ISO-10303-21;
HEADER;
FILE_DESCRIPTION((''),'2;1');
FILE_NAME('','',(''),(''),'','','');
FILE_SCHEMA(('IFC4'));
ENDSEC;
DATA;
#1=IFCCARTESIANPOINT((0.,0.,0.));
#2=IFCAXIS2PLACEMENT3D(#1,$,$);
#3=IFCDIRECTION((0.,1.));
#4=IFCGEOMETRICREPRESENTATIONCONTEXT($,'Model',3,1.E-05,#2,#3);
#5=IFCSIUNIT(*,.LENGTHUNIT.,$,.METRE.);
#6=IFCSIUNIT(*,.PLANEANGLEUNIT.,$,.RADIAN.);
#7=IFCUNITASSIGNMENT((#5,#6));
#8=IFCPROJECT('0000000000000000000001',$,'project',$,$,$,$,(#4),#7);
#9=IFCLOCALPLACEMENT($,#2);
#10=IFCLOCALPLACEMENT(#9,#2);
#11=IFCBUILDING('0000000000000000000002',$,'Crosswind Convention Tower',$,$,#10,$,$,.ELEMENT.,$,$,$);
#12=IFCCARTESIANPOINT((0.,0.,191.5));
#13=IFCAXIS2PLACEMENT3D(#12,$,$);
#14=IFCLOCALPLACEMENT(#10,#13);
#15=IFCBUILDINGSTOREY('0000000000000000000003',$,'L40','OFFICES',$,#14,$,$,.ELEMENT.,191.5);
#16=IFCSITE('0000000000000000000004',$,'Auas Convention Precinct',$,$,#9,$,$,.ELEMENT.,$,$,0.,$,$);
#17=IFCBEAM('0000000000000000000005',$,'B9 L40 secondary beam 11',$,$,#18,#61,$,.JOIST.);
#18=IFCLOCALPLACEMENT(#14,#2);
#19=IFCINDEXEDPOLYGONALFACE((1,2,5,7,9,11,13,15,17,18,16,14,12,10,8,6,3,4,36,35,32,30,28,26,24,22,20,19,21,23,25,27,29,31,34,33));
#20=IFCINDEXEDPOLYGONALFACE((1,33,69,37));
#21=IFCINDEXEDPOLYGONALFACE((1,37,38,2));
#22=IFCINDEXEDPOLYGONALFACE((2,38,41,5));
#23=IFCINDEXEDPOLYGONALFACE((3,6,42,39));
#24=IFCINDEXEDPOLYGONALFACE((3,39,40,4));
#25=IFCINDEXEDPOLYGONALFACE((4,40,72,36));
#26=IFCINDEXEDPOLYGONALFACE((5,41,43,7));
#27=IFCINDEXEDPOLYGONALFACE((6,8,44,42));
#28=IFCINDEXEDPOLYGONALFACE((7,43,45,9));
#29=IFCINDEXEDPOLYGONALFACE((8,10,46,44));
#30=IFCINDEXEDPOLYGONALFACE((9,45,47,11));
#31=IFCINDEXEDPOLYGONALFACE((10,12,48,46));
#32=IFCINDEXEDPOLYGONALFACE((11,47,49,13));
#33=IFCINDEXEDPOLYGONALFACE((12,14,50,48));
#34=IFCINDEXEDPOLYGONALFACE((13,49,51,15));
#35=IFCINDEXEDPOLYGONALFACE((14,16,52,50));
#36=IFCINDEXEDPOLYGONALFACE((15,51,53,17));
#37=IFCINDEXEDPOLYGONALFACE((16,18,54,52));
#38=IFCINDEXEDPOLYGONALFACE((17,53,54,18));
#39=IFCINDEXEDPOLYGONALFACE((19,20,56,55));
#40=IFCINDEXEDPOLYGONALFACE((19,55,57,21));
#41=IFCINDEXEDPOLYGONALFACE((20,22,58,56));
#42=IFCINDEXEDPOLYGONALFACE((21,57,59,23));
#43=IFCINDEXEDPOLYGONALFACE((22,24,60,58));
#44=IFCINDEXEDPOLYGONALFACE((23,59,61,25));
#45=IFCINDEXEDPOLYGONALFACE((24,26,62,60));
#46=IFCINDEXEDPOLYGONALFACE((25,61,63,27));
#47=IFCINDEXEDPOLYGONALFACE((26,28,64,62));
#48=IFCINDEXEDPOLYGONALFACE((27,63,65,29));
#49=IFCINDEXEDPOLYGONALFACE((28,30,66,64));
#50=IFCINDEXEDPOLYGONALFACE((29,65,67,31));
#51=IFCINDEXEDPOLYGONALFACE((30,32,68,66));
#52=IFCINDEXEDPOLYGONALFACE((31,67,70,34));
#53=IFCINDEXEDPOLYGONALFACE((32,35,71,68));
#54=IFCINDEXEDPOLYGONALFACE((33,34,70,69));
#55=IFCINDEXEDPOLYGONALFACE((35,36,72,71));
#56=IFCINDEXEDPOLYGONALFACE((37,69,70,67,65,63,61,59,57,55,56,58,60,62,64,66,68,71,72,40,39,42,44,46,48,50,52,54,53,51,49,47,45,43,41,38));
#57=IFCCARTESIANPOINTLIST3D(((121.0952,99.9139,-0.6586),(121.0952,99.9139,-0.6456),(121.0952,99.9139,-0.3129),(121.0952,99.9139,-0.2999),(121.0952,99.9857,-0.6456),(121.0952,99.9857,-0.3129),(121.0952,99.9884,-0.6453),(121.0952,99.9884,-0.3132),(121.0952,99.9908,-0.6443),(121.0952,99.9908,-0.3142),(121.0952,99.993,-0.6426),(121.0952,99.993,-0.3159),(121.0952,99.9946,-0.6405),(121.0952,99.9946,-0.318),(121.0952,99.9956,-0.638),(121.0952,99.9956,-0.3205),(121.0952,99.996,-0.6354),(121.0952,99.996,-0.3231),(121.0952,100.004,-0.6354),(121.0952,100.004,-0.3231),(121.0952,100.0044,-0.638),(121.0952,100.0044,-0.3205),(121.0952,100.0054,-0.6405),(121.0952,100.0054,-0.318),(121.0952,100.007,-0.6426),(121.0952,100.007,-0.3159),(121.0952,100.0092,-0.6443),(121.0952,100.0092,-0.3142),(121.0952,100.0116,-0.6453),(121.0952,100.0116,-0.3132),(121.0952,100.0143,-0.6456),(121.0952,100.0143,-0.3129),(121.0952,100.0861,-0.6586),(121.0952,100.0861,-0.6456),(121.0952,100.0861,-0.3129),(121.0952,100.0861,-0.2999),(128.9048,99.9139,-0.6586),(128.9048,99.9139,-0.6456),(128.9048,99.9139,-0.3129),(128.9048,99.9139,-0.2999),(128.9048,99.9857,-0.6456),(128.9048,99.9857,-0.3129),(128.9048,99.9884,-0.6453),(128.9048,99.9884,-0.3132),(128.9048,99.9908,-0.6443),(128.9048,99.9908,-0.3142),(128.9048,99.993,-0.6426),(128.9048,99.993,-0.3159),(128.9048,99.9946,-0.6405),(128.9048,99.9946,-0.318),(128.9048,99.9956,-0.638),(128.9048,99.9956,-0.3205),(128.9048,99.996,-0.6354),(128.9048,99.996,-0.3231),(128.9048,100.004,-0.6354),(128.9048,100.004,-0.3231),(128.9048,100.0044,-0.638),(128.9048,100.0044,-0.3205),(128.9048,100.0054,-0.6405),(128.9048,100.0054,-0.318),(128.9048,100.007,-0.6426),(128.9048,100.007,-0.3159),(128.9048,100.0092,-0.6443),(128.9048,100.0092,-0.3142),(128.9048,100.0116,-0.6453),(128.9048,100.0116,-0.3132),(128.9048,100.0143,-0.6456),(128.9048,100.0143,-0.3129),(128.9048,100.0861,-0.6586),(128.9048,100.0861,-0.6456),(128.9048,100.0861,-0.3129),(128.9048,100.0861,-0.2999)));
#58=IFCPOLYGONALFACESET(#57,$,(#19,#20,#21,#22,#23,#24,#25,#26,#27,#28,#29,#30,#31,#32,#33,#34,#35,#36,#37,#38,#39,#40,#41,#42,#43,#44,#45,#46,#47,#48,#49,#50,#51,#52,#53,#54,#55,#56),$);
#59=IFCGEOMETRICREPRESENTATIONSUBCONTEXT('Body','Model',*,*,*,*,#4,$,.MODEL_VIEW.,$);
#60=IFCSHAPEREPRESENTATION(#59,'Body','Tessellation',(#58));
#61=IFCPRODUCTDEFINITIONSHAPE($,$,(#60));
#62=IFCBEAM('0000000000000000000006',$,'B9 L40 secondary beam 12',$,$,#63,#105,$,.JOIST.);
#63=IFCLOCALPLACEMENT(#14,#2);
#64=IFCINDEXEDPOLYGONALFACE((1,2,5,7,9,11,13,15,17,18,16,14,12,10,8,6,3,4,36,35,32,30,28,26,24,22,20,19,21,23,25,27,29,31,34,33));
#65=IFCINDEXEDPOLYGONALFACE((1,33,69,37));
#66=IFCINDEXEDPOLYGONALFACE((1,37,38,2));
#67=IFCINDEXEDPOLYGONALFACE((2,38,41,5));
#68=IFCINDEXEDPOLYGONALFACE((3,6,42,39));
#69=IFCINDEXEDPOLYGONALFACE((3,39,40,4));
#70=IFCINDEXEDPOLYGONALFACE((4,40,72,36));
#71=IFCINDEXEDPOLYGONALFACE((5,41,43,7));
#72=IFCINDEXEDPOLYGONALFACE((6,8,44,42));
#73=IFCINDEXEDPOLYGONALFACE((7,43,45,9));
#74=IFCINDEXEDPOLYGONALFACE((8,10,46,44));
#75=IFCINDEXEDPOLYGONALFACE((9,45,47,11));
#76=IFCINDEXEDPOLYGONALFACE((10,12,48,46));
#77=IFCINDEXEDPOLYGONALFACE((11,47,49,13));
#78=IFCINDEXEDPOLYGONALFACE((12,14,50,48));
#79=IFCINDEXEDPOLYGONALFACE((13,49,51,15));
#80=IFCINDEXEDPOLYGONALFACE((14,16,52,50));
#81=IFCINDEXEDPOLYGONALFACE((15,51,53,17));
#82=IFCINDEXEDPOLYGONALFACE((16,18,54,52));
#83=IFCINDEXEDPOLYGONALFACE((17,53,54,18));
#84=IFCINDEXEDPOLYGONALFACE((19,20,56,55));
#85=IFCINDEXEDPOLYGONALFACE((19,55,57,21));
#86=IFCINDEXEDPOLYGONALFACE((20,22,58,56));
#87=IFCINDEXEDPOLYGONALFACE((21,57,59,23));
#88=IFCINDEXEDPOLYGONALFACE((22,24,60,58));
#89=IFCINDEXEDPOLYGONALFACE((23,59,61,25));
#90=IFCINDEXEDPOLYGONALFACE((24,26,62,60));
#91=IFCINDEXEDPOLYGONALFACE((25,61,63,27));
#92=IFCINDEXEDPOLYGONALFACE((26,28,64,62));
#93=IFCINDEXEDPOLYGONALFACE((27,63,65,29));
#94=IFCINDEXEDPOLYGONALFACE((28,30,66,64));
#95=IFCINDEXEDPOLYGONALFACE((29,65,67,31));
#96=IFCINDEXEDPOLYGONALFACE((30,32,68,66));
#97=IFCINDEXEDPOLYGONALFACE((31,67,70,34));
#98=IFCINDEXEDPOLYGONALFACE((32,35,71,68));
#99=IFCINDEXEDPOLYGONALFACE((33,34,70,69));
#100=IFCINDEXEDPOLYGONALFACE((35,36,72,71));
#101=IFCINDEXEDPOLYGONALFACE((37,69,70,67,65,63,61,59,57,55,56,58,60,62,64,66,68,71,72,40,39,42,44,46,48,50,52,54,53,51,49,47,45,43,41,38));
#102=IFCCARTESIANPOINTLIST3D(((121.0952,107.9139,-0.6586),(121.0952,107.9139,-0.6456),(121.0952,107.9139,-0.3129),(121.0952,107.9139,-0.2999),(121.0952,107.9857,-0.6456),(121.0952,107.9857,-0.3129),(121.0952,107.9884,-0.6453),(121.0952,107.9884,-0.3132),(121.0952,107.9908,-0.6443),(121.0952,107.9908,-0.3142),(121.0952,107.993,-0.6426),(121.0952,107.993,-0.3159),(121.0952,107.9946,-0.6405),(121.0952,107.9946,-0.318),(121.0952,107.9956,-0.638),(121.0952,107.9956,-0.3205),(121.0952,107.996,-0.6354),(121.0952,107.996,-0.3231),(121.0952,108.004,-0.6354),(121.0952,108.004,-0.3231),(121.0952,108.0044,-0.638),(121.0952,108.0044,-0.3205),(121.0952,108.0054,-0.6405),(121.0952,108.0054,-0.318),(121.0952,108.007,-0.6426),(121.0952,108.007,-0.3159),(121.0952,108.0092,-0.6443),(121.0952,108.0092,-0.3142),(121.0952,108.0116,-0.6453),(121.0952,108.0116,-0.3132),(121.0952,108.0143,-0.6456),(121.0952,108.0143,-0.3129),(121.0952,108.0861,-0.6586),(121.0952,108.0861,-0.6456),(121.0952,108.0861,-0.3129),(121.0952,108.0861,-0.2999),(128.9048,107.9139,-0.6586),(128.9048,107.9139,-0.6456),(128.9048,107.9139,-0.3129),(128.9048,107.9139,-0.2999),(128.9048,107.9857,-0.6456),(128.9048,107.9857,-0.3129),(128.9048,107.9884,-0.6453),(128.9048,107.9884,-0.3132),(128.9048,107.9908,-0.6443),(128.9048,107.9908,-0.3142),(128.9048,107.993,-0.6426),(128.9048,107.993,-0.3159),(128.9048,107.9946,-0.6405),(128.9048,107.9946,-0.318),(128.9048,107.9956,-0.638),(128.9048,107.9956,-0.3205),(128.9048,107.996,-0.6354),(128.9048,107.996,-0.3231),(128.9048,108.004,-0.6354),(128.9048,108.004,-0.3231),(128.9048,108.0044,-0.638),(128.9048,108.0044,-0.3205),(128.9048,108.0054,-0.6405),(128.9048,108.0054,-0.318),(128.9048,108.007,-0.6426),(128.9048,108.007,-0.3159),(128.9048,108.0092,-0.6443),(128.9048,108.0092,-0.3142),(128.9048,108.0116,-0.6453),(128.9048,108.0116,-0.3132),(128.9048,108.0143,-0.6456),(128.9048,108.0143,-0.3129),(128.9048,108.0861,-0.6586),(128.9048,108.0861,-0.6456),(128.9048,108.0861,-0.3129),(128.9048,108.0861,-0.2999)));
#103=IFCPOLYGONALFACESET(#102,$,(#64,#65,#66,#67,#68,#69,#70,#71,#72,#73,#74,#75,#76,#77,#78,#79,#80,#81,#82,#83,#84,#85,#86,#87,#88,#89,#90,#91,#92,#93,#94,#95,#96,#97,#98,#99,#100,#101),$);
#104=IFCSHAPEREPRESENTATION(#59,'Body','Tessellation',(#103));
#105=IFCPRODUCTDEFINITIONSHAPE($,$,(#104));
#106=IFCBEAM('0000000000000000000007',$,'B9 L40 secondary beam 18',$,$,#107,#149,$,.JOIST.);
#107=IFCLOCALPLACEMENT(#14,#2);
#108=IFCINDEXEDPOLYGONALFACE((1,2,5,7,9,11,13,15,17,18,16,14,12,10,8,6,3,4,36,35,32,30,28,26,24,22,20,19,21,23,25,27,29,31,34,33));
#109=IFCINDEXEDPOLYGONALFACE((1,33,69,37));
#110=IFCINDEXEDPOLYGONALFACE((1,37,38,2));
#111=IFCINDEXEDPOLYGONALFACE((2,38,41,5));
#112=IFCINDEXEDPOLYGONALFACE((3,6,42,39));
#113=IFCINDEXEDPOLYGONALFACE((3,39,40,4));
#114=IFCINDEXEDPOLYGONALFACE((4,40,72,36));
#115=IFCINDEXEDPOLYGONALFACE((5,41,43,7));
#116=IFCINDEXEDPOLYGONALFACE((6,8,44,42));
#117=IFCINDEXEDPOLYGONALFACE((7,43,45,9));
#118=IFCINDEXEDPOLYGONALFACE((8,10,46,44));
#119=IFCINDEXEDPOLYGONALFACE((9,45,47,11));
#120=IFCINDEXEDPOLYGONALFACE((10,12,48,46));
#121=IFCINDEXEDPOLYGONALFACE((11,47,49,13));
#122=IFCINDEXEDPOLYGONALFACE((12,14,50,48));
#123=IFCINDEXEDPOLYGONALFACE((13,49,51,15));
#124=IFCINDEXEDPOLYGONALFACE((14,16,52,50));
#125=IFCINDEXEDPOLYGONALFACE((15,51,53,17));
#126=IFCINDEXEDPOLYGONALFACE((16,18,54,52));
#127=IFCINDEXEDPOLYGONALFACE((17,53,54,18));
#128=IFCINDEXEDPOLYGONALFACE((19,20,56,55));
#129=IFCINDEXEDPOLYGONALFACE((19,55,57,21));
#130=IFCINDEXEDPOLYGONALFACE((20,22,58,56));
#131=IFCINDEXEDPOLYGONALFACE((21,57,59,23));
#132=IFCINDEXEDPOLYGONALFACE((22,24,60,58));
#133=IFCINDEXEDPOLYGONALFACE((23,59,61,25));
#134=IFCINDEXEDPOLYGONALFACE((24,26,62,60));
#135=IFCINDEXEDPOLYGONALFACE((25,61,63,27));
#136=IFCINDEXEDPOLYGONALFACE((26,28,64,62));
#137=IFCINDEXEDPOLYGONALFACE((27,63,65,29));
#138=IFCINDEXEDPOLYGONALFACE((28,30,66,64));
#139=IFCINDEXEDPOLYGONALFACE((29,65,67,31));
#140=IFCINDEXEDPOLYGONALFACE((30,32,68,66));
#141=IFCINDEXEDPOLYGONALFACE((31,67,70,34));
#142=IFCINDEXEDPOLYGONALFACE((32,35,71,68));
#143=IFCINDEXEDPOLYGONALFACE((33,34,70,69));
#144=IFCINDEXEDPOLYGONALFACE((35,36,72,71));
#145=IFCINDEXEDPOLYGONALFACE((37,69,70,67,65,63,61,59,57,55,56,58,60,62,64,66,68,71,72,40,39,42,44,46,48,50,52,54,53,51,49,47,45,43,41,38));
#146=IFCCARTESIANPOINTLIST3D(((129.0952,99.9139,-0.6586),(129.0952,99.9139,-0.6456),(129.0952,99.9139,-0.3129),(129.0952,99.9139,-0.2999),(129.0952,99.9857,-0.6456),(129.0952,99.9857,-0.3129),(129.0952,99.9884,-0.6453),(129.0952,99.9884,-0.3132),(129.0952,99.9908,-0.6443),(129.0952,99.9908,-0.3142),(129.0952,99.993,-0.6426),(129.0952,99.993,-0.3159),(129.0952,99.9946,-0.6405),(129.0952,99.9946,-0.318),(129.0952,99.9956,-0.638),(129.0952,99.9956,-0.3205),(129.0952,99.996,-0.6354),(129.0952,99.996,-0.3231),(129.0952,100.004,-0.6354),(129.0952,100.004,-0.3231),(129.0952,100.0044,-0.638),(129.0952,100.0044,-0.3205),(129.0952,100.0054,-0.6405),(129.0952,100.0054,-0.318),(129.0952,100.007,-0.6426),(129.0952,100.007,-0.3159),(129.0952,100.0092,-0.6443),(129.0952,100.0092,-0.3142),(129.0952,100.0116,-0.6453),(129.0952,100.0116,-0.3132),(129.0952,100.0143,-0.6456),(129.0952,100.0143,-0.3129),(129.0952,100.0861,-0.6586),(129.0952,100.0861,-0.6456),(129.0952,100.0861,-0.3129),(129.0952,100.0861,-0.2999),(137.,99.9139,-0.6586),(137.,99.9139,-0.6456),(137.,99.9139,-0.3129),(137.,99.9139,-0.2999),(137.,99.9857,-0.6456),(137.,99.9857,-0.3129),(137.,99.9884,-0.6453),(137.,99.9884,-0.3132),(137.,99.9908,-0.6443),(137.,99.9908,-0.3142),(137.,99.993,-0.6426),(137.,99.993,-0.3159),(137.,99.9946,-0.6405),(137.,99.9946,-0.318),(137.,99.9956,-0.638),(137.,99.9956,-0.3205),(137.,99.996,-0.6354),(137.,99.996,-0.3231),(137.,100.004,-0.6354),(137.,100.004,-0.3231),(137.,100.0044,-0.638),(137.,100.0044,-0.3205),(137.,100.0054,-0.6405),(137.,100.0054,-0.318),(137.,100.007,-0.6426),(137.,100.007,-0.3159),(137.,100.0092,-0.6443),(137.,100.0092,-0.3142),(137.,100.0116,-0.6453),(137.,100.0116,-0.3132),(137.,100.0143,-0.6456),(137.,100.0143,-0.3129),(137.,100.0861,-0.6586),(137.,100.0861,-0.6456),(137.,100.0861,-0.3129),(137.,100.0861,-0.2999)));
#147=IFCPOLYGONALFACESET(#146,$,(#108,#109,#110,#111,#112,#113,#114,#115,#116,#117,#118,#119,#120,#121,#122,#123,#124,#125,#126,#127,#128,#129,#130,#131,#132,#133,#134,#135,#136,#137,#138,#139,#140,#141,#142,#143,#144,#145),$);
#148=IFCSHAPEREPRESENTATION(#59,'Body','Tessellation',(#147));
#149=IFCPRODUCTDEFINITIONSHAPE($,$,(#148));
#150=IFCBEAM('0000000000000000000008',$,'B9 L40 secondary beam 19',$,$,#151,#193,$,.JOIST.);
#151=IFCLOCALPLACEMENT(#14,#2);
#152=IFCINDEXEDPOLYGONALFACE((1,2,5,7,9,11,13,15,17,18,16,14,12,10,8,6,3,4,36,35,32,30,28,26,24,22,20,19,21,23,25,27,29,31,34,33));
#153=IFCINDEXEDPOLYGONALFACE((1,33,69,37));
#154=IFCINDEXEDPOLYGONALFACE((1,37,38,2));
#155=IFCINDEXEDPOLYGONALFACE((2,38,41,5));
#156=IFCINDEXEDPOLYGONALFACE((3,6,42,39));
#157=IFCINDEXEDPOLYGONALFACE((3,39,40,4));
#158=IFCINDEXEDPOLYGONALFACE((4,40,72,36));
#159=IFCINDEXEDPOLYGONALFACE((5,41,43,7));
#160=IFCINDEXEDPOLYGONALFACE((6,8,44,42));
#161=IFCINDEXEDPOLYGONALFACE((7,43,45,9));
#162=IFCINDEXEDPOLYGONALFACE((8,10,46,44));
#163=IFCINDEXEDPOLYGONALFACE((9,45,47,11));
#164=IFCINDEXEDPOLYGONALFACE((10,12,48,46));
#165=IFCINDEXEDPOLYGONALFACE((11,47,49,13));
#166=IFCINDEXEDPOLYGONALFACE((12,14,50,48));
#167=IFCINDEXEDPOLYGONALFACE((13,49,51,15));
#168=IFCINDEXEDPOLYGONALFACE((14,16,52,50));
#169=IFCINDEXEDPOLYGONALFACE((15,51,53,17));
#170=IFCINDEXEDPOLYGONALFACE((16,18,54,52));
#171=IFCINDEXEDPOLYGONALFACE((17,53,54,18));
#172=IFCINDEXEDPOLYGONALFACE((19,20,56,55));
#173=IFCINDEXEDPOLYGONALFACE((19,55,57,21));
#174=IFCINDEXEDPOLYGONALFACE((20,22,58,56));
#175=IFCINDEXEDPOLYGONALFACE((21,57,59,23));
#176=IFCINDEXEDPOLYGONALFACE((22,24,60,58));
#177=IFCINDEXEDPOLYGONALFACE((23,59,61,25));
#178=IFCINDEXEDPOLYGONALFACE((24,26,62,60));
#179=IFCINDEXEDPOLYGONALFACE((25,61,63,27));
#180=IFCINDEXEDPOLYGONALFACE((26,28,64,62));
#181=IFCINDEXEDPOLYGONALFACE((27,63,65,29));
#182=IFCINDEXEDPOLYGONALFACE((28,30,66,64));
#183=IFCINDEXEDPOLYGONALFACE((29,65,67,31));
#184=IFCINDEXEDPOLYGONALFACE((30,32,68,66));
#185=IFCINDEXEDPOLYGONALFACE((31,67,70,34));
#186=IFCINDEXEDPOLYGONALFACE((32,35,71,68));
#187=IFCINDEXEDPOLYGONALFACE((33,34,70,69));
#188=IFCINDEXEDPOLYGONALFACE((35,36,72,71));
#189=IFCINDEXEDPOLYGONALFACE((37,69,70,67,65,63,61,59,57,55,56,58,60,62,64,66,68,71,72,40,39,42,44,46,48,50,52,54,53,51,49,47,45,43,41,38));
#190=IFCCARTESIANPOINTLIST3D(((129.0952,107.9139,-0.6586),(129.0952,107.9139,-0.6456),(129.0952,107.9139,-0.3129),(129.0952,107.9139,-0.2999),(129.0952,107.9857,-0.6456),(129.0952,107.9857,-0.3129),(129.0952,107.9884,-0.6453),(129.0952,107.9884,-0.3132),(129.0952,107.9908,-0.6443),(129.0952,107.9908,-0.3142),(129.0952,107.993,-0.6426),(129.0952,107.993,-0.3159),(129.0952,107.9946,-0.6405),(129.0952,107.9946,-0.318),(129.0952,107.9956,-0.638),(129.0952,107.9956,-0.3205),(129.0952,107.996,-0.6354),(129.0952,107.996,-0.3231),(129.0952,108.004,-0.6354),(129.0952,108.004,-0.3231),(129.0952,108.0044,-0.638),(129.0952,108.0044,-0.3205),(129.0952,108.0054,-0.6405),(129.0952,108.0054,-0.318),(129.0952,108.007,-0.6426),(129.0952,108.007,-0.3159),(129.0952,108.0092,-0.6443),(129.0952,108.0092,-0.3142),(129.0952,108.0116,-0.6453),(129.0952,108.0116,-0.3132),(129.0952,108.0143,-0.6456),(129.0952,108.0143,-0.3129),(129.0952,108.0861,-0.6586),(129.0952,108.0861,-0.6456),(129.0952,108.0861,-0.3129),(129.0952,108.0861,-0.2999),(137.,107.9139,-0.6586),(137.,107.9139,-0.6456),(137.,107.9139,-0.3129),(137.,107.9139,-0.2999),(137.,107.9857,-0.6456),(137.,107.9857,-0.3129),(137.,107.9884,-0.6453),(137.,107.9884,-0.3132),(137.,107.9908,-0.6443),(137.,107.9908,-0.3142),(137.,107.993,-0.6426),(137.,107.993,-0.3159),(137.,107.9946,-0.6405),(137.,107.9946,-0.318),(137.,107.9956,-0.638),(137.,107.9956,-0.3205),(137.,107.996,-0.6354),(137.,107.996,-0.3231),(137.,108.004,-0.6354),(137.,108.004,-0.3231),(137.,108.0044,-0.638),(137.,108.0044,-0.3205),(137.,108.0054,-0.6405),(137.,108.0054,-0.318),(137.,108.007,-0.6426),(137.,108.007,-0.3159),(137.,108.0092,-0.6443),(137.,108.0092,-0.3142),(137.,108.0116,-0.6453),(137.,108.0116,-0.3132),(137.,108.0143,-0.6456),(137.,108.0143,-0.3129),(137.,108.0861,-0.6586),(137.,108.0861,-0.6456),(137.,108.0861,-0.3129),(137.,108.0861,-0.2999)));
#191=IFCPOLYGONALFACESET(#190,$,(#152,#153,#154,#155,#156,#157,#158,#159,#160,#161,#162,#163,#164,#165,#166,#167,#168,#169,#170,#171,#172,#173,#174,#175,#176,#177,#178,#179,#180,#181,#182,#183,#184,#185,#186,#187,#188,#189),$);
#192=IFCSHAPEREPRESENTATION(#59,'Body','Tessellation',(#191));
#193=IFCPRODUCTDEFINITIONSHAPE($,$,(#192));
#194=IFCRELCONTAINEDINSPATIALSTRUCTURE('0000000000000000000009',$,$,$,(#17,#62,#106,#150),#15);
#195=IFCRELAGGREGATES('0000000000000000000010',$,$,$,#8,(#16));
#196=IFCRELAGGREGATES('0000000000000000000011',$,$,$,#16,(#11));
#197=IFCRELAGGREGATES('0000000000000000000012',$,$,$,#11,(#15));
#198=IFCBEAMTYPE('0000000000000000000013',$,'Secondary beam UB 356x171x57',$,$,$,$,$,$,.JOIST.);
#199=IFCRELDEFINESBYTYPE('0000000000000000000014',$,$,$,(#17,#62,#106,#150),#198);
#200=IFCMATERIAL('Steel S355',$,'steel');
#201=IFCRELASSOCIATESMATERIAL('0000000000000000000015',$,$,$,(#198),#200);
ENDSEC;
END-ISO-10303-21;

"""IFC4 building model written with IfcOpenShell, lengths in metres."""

from ifc_helpers import new_model, si_unit, direction, frame, origin, origin_2d, place, context, subcontext, project, spatial, i_section, extrude, material, material_profile, profile_set, type_object, element, save


model = new_model("IFC4")

# Units and contexts
model_context = context("Model", 3, precision=1e-05, world=origin(), true_north=direction((0.0, 1.0)))
body_context = subcontext(model_context, "Body", "Model", "MODEL_VIEW")
ifc_project = project(units=[si_unit("LENGTHUNIT", "METRE"), si_unit("PLANEANGLEUNIT", "RADIAN")], contexts=[model_context])

# Site, building, storey
site_placement = place(None, origin())
site = spatial("IfcSite", under=ifc_project, at=site_placement, Name="Auas Convention Precinct", CompositionType="ELEMENT", RefElevation=0.0)
building_placement = place(site_placement, origin())
building = spatial("IfcBuilding", under=site, at=building_placement, Name="Crosswind Convention Tower", CompositionType="ELEMENT")
storey_placement = place(building_placement, frame((0.0, 0.0, 191.5)))
storey = spatial("IfcBuildingStorey", under=building, at=storey_placement, Name="L40", Description="OFFICES", CompositionType="ELEMENT", Elevation=191.5)

# Beams
ifc_material_1 = material(Name="Steel S355", Category="steel")
ifc_material_profile_1 = material_profile(ifc_material_1, i_section(OverallWidth=0.1721, OverallDepth=0.3586, WebThickness=0.0081, FlangeThickness=0.0129, FilletRadius=0.0103, at=origin_2d()), Name="UB 356x171x57")
ifc_profile_set_1 = profile_set([ifc_material_profile_1], Name="Steel S355")
beam_type_1 = type_object("IfcBeamType", Name="Secondary beam UB 356x171x57", PredefinedType="JOIST", material=ifc_profile_set_1)
for number, where, z_axis, x_axis, name in (
    (1, (121.0952, 100.0, -0.4792), (1.0, 0.0, 0.0), (0.0, 1.0, 0.0), "B9 L40 secondary beam 11"),
    (2, (121.0952, 108.0, -0.4792), (1.0, 0.0, 0.0), (0.0, 1.0, 0.0), "B9 L40 secondary beam 12"),
):
    element("IfcBeam", number, at=place(storey_placement, frame(where, z_axis=z_axis, x_axis=x_axis)), inside=storey, type_object=beam_type_1, Name=name, PredefinedType="JOIST", context=body_context, shape_type="SweptSolid", body=[
        extrude(i_section(OverallWidth=0.1721, OverallDepth=0.3586, WebThickness=0.0081, FlangeThickness=0.0129, FilletRadius=0.0103, at=origin_2d()), origin(), (0.0, 0.0, 1.0), 7.8096),
    ])
for number, where, z_axis, x_axis, name in (
    (3, (129.0952, 100.0, -0.4792), (1.0, 0.0, 0.0), (0.0, 1.0, 0.0), "B9 L40 secondary beam 18"),
    (4, (129.0952, 108.0, -0.4792), (1.0, 0.0, 0.0), (0.0, 1.0, 0.0), "B9 L40 secondary beam 19"),
):
    element("IfcBeam", number, at=place(storey_placement, frame(where, z_axis=z_axis, x_axis=x_axis)), inside=storey, type_object=beam_type_1, Name=name, PredefinedType="JOIST", context=body_context, shape_type="SweptSolid", body=[
        extrude(i_section(OverallWidth=0.1721, OverallDepth=0.3586, WebThickness=0.0081, FlangeThickness=0.0129, FilletRadius=0.0103, at=origin_2d()), origin(), (0.0, 0.0, 1.0), 7.9048),
    ])

save(model, "model.ifc")
